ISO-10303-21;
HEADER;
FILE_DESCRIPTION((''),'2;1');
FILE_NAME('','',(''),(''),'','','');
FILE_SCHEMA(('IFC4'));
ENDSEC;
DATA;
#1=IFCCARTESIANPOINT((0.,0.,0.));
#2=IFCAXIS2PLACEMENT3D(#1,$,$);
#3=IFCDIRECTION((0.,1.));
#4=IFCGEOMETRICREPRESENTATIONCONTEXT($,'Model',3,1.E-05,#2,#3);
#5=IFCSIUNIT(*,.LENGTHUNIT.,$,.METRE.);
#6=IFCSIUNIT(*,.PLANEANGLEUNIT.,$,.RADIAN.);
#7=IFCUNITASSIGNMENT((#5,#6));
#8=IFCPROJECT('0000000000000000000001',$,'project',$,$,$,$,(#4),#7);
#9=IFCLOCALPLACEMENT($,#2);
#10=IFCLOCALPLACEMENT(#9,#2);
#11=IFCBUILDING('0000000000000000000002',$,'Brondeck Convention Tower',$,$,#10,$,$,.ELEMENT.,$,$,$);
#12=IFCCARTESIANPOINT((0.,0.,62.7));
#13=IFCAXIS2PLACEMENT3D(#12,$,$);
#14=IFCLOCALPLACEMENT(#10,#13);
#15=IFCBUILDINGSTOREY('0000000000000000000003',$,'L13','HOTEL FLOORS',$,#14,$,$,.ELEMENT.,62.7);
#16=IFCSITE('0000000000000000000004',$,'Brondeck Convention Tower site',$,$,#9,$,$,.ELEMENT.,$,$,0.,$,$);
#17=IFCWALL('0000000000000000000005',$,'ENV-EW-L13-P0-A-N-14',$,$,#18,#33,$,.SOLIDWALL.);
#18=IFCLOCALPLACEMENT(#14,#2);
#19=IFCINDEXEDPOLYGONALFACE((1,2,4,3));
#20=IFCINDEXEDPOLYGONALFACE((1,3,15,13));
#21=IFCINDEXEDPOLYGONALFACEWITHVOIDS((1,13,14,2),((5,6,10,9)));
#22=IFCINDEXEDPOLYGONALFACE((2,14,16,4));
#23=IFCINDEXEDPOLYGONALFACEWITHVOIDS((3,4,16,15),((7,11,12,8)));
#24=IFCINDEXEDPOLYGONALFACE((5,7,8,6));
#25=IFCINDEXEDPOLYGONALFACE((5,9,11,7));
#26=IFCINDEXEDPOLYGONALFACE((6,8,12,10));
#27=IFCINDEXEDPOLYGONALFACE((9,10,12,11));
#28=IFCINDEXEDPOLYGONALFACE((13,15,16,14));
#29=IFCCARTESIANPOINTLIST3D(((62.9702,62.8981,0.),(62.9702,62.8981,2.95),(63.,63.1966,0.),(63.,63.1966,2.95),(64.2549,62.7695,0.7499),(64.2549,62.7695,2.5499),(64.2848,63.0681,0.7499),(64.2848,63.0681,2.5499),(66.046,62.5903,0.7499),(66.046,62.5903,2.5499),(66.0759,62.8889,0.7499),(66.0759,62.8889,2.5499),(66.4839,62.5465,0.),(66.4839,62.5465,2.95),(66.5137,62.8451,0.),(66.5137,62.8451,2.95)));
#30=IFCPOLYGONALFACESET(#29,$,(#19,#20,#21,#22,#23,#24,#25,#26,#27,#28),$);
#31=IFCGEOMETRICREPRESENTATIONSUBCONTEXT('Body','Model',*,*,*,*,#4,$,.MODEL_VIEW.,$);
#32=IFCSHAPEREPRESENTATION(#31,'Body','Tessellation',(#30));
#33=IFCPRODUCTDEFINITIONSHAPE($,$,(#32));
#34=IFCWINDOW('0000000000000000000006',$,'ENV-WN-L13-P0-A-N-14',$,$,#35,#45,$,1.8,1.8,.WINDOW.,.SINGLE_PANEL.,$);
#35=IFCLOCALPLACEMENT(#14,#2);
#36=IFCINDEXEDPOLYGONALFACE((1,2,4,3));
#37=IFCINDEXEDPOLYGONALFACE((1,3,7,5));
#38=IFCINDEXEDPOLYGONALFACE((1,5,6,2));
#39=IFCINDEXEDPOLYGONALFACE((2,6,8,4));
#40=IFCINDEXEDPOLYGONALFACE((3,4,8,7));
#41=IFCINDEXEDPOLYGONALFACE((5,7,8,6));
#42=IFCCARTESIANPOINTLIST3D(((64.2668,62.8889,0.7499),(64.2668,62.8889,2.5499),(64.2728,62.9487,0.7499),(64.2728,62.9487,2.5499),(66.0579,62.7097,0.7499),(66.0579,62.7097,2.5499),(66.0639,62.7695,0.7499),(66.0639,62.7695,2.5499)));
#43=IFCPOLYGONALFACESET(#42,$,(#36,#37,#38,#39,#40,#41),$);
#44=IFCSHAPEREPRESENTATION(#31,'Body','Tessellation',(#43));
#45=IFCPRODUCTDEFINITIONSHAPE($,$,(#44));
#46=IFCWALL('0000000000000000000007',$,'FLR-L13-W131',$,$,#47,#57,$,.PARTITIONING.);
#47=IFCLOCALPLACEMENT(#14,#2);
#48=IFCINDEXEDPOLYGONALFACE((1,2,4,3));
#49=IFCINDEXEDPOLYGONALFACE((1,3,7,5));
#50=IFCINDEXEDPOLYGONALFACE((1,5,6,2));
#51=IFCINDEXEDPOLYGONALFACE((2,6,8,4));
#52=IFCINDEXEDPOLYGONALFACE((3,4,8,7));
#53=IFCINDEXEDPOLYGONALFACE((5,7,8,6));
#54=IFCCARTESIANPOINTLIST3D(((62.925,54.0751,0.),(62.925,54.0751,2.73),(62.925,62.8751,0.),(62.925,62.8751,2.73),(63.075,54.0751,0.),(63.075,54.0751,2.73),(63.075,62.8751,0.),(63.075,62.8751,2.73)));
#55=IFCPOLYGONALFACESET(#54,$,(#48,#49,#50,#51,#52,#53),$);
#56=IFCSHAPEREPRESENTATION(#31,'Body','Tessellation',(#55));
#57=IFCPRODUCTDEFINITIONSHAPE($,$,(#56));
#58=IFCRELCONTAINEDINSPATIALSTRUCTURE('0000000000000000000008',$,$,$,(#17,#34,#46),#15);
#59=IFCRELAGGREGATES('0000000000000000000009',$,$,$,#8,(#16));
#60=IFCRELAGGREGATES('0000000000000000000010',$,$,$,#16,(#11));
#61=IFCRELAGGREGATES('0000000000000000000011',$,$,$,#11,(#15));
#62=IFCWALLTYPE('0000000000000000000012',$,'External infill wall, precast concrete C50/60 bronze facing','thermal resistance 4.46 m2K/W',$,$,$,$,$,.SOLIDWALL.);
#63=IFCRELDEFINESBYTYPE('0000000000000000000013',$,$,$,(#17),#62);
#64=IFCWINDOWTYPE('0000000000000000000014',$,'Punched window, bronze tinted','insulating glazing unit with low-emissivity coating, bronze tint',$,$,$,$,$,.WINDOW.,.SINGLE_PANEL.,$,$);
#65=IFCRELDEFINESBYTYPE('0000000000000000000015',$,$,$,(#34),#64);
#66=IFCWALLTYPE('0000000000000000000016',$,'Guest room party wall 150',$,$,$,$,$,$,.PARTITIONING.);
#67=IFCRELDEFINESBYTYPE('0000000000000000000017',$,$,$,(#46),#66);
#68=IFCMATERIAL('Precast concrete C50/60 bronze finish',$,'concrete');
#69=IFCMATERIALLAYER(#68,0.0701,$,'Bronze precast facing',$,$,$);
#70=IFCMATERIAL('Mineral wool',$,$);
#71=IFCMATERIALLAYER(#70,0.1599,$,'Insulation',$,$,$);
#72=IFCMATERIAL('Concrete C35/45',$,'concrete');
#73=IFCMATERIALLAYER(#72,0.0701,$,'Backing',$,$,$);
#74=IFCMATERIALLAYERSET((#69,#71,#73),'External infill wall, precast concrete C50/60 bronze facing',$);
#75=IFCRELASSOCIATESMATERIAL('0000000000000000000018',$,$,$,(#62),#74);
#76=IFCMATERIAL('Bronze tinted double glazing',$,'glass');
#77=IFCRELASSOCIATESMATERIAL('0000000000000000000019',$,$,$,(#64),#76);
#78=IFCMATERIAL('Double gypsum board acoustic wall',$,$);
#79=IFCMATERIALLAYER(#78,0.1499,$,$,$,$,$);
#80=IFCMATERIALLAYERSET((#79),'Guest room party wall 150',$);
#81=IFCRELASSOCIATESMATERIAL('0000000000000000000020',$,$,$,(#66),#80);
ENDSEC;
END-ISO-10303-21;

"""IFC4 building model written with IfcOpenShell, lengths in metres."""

from ifc_helpers import new_model, si_unit, direction, frame, frame_2d, origin, place, context, subcontext, project, spatial, rectangle, extrude, material, layer, layer_set, type_object, element, fill, save


model = new_model("IFC4")

# Units and contexts
model_context = context("Model", 3, precision=1e-05, world=origin(), true_north=direction((0.0, 1.0)))
body_context = subcontext(model_context, "Body", "Model", "MODEL_VIEW")
ifc_project = project(units=[si_unit("LENGTHUNIT", "METRE"), si_unit("PLANEANGLEUNIT", "RADIAN")], contexts=[model_context])

# Site, building, storey
site_placement = place(None, origin())
site = spatial("IfcSite", under=ifc_project, at=site_placement, Name="Brondeck Convention Tower site", CompositionType="ELEMENT", RefElevation=0.0)
building_placement = place(site_placement, origin())
building = spatial("IfcBuilding", under=site, at=building_placement, Name="Brondeck Convention Tower", CompositionType="ELEMENT")
storey_placement = place(building_placement, frame((0.0, 0.0, 62.7)))
storey = spatial("IfcBuildingStorey", under=building, at=storey_placement, Name="L13", Description="HOTEL FLOORS", CompositionType="ELEMENT", Elevation=62.7)

# Shared definitions
ifc_material_1 = material(Name="Precast concrete C50/60 bronze finish", Category="concrete")
ifc_layer_1 = layer(ifc_material_1, 0.0701, Name="Bronze precast facing")
ifc_material_2 = material(Name="Mineral wool")
ifc_layer_2 = layer(ifc_material_2, 0.1599, Name="Insulation")
ifc_material_3 = material(Name="Concrete C35/45", Category="concrete")
ifc_layer_3 = layer(ifc_material_3, 0.0701, Name="Backing")
ifc_layer_set_1 = layer_set([ifc_layer_1, ifc_layer_2, ifc_layer_3], Name="External infill wall, precast concrete C50/60 bronze facing")
wall_type_1 = type_object("IfcWallType", Name="External infill wall, precast concrete C50/60 bronze facing", Description="thermal resistance 4.46 m2K/W", PredefinedType="SOLIDWALL", material=ifc_layer_set_1)
ifc_material_4 = material(Name="Bronze tinted double glazing", Category="glass")
window_type_1 = type_object("IfcWindowType", Name="Punched window, bronze tinted", Description="insulating glazing unit with low-emissivity coating, bronze tint", PartitioningType="SINGLE_PANEL", PredefinedType="WINDOW", material=ifc_material_4)

# Wall, opening, window
wall_1_placement = place(storey_placement, frame((62.9851, 63.0474, 0.0), z_axis=(0.0, 0.0, 1.0), x_axis=(0.995032, -0.099558, 0.0)))
wall_1 = element("IfcWall", 1, at=wall_1_placement, inside=storey, type_object=wall_type_1, Name="ENV-EW-L13-P0-A-N-14", PredefinedType="SOLIDWALL", context=body_context, shape_type="SweptSolid", body=[
    extrude(rectangle(XDim=3.5312, YDim=0.3, at=frame_2d((1.7656, 0.0))), origin(), (0.0, 0.0, 1.0), 2.95),
])
opening_1_placement = place(wall_1_placement, frame((1.2913, 0.0, 0.75)))
opening_1 = element("IfcOpeningElement", 2, at=opening_1_placement, cuts=wall_1, PredefinedType="OPENING", context=body_context, shape_type="SweptSolid", body=[
    extrude(rectangle(XDim=1.8, YDim=1.8, at=frame_2d((0.8999, 0.8999))), frame((0.0, 0.1599, 0.0), z_axis=(0.0, -1.0, 0.0), x_axis=(1.0, 0.0, 0.0)), (0.0, 0.0, 1.0), 0.3201),
])
window_1_placement = place(opening_1_placement, origin())
window_1 = element("IfcWindow", 3, at=window_1_placement, inside=storey, type_object=window_type_1, Name="ENV-WN-L13-P0-A-N-14", OverallHeight=1.8, OverallWidth=1.8, PartitioningType="SINGLE_PANEL", PredefinedType="WINDOW", context=body_context, shape_type="SweptSolid", body=[
    extrude(rectangle(XDim=1.8, YDim=1.8, at=frame_2d((0.8999, 0.8999))), frame((0.0, 0.03, 0.0), z_axis=(0.0, -1.0, 0.0), x_axis=(1.0, 0.0, 0.0)), (0.0, 0.0, 1.0), 0.0601),
])
fill(opening_1, window_1)

# Wall
ifc_material_5 = material(Name="Double gypsum board acoustic wall")
ifc_layer_4 = layer(ifc_material_5, 0.1499)
ifc_layer_set_2 = layer_set([ifc_layer_4], Name="Guest room party wall 150")
wall_type_2 = type_object("IfcWallType", Name="Guest room party wall 150", PredefinedType="PARTITIONING", material=ifc_layer_set_2)
wall_2_placement = place(storey_placement, frame((63.0, 62.875, 0.0), z_axis=(0.0, 0.0, 1.0), x_axis=(0.0, -1.0, 0.0)))
element("IfcWall", 4, at=wall_2_placement, inside=storey, type_object=wall_type_2, Name="FLR-L13-W131", PredefinedType="PARTITIONING", context=body_context, shape_type="SweptSolid", body=[
    extrude(rectangle(XDim=8.8, YDim=0.1499, at=frame_2d((4.3999, 0.0))), origin(), (0.0, 0.0, 1.0), 2.73),
])

save(model, "model.ifc")
